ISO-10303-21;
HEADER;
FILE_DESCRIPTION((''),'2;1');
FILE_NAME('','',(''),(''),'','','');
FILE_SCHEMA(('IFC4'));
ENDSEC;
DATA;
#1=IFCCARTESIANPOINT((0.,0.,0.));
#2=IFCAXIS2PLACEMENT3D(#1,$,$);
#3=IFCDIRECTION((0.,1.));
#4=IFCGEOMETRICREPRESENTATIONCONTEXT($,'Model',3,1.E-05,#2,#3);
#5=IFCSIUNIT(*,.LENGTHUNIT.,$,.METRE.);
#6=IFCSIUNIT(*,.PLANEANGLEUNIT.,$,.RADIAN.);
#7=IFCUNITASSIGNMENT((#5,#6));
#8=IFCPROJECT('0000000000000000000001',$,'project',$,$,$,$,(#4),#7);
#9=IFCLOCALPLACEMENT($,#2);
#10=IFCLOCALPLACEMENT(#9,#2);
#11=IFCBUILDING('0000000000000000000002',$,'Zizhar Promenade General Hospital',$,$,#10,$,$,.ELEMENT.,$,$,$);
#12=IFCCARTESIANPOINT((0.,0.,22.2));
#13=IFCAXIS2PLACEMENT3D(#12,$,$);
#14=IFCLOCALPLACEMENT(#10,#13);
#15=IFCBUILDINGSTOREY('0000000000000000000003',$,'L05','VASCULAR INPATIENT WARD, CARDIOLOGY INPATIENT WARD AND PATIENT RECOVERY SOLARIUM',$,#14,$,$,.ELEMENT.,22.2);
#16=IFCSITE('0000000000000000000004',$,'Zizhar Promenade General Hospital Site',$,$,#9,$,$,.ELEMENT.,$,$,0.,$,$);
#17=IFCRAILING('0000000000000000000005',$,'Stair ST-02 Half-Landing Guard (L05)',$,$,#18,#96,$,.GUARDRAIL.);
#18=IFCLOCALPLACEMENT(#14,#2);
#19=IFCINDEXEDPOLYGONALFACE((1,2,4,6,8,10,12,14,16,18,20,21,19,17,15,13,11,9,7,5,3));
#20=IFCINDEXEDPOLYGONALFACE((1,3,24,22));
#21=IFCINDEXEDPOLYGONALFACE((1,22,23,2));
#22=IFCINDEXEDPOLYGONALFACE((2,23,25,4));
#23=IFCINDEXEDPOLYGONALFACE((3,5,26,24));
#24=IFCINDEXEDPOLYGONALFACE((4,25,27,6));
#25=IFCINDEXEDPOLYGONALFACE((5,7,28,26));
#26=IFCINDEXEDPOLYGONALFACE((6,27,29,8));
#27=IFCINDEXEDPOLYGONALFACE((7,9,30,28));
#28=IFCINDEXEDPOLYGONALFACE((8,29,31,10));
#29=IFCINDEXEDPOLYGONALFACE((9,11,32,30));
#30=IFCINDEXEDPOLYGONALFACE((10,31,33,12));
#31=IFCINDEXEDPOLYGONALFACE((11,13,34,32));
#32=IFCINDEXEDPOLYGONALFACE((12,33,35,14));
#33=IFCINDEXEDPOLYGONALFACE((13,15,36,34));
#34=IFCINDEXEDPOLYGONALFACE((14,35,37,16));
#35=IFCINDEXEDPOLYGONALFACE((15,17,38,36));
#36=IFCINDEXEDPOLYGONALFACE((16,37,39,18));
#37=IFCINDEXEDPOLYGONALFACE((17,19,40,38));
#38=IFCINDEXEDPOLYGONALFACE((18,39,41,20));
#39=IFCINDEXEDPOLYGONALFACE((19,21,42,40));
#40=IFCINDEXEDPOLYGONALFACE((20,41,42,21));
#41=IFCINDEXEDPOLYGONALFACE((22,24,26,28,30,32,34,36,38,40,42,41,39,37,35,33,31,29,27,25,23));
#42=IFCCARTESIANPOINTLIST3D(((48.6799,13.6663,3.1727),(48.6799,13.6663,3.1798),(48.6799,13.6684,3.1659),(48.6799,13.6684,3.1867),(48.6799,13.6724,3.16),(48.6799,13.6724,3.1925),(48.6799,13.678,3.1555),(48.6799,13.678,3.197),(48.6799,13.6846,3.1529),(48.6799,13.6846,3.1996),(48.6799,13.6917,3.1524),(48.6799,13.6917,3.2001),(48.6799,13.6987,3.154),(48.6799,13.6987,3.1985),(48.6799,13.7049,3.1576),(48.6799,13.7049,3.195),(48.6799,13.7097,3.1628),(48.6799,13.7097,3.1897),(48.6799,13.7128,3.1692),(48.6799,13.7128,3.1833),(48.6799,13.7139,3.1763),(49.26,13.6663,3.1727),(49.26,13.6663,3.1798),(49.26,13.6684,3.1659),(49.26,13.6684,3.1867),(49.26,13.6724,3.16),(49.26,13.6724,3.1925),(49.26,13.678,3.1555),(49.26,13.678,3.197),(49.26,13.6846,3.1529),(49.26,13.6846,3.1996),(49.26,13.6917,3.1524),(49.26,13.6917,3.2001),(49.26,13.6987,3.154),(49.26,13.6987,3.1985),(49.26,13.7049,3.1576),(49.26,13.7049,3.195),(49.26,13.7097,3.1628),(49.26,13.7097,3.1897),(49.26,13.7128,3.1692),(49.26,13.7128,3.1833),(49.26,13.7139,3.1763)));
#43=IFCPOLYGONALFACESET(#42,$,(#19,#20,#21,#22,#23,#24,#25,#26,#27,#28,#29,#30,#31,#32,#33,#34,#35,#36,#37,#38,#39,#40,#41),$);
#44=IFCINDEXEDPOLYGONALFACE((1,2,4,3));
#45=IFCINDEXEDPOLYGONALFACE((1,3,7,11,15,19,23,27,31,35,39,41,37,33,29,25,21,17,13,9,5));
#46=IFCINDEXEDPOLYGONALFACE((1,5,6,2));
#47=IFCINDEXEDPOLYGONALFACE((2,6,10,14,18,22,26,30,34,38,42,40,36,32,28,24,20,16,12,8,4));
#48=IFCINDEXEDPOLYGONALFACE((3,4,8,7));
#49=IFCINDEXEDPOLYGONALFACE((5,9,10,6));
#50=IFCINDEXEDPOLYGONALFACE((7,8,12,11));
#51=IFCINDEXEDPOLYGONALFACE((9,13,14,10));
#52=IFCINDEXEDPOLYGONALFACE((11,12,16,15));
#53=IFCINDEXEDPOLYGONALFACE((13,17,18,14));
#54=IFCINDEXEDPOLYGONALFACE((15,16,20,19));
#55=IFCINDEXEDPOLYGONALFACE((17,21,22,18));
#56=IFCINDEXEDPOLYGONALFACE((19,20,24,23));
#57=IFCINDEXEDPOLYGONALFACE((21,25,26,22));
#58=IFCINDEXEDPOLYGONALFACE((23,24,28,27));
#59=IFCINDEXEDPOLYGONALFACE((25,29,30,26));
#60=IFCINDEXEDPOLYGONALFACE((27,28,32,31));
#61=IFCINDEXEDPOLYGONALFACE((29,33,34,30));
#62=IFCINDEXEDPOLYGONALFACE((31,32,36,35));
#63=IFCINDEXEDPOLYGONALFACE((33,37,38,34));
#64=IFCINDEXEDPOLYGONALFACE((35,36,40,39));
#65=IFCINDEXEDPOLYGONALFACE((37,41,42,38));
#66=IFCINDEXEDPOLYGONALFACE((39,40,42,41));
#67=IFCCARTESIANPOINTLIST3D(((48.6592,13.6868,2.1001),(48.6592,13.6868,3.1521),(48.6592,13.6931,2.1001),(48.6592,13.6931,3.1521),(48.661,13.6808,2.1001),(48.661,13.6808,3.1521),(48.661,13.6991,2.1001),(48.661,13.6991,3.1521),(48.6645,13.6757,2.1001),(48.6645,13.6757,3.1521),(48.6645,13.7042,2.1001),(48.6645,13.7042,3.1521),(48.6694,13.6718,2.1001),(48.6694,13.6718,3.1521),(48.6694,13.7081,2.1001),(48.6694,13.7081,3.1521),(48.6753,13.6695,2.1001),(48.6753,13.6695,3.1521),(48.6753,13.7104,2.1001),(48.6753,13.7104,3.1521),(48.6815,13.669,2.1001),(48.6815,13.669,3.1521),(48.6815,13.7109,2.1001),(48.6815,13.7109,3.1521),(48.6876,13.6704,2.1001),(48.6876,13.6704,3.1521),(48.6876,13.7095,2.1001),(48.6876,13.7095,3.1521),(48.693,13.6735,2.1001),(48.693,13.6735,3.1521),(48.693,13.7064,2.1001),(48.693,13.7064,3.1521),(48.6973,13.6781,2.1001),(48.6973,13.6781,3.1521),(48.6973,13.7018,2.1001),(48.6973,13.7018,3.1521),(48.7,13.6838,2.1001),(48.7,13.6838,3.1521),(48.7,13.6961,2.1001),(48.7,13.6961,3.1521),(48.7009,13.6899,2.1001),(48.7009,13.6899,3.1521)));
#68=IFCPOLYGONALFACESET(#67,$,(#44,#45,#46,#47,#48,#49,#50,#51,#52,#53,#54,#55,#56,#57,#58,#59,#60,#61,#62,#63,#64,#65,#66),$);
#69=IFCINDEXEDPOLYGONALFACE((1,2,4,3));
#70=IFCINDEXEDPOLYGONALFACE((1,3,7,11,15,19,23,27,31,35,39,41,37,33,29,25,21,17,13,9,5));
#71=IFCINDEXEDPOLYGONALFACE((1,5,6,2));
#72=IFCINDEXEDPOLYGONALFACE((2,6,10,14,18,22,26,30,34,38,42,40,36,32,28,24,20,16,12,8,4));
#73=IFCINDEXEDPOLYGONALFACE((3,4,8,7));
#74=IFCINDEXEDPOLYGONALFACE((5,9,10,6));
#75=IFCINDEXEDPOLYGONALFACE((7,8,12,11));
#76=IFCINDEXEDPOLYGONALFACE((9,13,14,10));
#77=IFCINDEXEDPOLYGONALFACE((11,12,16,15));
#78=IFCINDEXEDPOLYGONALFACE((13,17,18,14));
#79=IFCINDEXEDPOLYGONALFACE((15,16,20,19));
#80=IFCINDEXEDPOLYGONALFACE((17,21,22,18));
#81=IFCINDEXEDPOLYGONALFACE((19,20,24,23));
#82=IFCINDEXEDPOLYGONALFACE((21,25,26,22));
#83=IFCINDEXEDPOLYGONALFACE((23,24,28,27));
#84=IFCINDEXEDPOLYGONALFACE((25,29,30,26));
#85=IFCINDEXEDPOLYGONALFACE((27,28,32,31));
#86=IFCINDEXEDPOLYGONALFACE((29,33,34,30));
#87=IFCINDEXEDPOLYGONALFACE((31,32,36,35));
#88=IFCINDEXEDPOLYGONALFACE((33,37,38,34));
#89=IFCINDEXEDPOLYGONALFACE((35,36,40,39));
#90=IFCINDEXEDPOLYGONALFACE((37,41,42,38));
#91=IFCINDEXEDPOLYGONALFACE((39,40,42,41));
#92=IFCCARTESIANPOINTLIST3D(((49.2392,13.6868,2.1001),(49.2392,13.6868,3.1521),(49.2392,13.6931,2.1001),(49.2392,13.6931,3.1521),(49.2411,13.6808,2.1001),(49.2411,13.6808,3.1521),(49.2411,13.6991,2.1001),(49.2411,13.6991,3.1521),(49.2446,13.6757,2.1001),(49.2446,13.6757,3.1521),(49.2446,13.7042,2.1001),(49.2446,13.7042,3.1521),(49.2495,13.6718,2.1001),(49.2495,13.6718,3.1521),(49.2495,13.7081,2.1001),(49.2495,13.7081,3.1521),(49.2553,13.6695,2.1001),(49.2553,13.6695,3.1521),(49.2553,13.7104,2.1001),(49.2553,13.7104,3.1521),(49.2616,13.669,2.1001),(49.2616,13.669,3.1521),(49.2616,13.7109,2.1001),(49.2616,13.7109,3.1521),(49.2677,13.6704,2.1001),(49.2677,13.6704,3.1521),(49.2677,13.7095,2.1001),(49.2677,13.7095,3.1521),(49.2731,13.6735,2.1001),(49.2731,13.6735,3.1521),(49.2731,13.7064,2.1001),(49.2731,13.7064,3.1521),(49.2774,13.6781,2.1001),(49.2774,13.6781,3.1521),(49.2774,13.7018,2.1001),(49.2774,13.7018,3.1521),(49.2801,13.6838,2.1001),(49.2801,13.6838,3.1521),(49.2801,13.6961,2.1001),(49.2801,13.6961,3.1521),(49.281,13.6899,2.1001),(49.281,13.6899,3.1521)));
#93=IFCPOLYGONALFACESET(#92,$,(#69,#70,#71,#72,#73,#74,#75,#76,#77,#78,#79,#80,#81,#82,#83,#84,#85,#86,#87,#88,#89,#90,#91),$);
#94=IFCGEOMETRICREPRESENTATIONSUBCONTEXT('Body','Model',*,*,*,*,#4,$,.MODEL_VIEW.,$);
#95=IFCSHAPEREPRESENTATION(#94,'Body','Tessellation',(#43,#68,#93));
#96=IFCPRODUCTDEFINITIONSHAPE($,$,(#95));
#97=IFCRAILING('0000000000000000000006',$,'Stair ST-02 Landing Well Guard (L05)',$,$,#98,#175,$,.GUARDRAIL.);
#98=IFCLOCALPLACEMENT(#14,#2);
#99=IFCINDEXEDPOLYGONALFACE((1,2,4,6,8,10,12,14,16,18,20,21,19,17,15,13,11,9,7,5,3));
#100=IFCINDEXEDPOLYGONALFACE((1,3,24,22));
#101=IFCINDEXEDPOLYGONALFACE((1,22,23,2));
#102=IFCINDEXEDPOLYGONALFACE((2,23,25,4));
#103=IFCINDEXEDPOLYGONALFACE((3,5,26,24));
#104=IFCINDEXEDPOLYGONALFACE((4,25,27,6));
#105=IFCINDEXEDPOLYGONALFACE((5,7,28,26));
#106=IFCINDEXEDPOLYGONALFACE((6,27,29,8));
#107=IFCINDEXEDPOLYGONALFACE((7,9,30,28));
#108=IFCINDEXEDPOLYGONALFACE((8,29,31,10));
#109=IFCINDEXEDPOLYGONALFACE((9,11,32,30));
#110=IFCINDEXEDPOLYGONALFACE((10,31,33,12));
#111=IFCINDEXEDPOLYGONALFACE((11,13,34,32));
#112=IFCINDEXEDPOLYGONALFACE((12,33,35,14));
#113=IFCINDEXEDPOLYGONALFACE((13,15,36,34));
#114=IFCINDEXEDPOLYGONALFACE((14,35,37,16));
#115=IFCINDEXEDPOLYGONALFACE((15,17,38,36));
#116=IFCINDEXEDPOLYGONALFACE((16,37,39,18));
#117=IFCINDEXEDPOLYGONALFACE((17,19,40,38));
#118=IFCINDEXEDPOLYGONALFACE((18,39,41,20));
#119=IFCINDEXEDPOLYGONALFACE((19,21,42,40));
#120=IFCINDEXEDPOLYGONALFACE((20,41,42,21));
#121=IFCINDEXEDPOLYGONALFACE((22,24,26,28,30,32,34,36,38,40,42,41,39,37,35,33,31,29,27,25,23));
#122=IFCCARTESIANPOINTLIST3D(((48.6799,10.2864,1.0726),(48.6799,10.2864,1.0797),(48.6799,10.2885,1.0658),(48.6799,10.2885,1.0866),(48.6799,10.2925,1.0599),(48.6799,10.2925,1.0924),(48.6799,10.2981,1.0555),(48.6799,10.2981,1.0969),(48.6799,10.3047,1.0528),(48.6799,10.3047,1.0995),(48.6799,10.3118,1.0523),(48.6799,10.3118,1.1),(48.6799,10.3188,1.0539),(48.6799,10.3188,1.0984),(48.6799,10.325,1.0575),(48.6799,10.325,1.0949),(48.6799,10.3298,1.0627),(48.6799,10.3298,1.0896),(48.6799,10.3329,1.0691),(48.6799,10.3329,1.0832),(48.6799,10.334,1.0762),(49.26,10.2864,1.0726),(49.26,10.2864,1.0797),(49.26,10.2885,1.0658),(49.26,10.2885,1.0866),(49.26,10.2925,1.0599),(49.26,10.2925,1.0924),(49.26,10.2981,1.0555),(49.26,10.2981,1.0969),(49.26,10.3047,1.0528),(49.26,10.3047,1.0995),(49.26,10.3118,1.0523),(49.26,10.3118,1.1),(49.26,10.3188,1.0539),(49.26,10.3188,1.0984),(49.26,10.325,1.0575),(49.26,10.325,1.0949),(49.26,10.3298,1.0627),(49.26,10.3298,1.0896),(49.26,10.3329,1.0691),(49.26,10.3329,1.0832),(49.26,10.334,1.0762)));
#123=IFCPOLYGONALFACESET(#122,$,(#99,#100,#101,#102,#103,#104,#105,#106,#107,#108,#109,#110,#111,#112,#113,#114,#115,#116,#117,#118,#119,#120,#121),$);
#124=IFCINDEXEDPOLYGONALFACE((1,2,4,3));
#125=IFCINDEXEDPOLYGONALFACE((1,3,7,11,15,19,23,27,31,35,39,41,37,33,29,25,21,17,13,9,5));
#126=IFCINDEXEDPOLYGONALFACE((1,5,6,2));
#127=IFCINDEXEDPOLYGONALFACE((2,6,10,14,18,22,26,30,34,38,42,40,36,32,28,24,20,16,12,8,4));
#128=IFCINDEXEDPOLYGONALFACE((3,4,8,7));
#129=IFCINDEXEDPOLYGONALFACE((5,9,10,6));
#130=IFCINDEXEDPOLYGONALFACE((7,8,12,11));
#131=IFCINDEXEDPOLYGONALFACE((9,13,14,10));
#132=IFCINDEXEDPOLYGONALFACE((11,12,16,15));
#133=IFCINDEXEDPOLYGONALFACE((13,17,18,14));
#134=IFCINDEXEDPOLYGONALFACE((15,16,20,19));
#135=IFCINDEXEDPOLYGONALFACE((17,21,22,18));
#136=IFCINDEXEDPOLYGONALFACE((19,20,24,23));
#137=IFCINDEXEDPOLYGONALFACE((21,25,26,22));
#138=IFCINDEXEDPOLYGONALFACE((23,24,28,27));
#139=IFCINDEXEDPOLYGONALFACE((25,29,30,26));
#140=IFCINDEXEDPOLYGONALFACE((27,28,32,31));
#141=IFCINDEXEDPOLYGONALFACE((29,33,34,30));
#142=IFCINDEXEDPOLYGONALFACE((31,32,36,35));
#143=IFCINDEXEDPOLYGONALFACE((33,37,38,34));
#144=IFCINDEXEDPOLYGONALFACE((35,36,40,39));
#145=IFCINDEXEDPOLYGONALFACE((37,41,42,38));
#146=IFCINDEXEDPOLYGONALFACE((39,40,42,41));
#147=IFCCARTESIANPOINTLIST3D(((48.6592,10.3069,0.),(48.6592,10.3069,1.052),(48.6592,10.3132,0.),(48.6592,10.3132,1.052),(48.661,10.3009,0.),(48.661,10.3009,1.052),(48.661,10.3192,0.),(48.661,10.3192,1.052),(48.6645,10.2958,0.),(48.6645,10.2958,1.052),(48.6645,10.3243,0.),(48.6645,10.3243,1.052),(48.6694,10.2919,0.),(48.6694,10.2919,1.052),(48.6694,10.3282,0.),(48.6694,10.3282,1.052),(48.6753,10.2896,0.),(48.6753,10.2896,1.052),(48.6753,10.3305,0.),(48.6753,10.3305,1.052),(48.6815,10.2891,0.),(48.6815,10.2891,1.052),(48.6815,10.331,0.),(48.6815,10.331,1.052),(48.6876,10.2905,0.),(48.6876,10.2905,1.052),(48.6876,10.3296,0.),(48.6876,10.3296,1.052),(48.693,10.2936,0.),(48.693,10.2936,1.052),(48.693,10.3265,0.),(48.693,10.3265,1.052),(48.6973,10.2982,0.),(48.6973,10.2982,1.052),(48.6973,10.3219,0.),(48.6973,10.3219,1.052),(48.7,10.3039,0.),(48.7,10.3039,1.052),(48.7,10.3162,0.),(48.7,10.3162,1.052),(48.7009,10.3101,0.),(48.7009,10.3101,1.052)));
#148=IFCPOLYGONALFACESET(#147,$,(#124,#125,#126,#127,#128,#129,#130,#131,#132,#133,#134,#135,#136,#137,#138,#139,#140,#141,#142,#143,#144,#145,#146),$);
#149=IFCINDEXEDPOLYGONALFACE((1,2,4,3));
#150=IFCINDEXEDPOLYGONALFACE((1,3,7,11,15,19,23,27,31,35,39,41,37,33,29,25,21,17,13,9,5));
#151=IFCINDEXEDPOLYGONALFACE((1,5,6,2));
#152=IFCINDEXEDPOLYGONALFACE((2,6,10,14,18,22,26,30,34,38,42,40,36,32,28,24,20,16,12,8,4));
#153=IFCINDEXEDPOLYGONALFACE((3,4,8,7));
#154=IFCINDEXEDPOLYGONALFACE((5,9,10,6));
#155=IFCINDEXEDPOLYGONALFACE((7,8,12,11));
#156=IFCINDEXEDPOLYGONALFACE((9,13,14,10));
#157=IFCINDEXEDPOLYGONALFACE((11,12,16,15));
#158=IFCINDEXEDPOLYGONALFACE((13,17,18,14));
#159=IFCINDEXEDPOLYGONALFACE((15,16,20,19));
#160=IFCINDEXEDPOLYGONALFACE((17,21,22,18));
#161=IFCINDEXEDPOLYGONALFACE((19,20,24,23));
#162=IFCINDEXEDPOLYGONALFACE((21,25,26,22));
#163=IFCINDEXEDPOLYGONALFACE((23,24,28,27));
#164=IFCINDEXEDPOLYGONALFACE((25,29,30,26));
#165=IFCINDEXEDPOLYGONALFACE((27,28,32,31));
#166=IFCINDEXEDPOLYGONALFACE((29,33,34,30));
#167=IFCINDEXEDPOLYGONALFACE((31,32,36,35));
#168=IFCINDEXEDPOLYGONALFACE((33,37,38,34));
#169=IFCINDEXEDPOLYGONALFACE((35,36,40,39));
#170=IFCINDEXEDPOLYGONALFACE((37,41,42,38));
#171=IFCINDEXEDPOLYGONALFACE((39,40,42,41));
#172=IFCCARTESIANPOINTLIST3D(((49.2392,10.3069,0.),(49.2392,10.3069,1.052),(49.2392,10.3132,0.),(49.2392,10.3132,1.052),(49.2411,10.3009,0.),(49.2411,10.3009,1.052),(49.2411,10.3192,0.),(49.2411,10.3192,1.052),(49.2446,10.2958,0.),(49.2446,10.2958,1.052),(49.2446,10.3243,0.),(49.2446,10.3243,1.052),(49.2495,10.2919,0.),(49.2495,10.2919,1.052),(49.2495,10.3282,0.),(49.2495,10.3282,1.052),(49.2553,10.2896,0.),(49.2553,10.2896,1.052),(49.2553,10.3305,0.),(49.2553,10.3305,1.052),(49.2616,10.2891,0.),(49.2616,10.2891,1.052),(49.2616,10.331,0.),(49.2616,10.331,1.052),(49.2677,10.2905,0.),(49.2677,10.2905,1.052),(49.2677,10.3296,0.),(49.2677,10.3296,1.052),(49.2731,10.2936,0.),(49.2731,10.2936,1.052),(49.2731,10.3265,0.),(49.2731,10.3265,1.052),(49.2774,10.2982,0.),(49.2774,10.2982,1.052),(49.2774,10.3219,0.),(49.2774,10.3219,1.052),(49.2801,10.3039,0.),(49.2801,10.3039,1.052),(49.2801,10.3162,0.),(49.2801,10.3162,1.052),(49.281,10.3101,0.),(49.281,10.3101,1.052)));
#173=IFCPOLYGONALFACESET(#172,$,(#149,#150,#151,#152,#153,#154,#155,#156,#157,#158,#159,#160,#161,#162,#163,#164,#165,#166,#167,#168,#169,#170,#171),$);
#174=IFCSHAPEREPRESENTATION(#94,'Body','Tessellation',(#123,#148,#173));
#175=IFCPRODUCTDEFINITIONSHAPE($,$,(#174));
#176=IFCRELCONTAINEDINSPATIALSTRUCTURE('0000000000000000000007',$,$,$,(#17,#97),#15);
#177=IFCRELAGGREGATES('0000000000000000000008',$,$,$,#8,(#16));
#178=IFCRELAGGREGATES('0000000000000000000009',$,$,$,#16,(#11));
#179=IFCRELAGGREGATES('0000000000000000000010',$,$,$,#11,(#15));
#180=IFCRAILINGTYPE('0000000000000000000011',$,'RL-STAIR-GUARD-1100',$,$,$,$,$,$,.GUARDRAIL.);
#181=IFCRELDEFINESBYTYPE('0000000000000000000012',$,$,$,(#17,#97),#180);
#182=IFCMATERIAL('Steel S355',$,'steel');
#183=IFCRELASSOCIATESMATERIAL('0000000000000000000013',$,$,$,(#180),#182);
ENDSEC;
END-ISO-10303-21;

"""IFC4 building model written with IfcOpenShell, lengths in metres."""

from ifc_helpers import new_model, si_unit, direction, frame, origin, origin_2d, place, context, subcontext, project, spatial, circle, hollow_circle, extrude, material, material_profile, profile_set, type_object, element, save


model = new_model("IFC4")

# Units and contexts
model_context = context("Model", 3, precision=1e-05, world=origin(), true_north=direction((0.0, 1.0)))
body_context = subcontext(model_context, "Body", "Model", "MODEL_VIEW")
ifc_project = project(units=[si_unit("LENGTHUNIT", "METRE"), si_unit("PLANEANGLEUNIT", "RADIAN")], contexts=[model_context])

# Site, building, storey
site_placement = place(None, origin())
site = spatial("IfcSite", under=ifc_project, at=site_placement, Name="Zizhar Promenade General Hospital Site", CompositionType="ELEMENT", RefElevation=0.0)
building_placement = place(site_placement, origin())
building = spatial("IfcBuilding", under=site, at=building_placement, Name="Zizhar Promenade General Hospital", CompositionType="ELEMENT")
storey_placement = place(building_placement, frame((0.0, 0.0, 22.2)))
storey = spatial("IfcBuildingStorey", under=building, at=storey_placement, Name="L05", Description="VASCULAR INPATIENT WARD, CARDIOLOGY INPATIENT WARD AND PATIENT RECOVERY SOLARIUM", CompositionType="ELEMENT", Elevation=22.2)

# Railings
ifc_material_1 = material(Name="Steel S355", Category="steel")
ifc_material_profile_1 = material_profile(ifc_material_1, hollow_circle(Radius=0.0698, WallThickness=0.0063, at=origin_2d()))
ifc_profile_set_1 = profile_set([ifc_material_profile_1], Name="Steel S355")
railing_type_1 = type_object("IfcRailingType", Name="RL-STAIR-GUARD-1100", PredefinedType="GUARDRAIL", material=ifc_profile_set_1)
for number, where, name in (
    (1, (48.6799, 13.6899, 2.1001), "Stair ST-02 Half-Landing Guard (L05)"),
    (2, (48.6799, 10.3101, 0.0), "Stair ST-02 Landing Well Guard (L05)"),
):
    element("IfcRailing", number, at=place(storey_placement, frame(where)), inside=storey, type_object=railing_type_1, Name=name, PredefinedType="GUARDRAIL", context=body_context, shape_type="SweptSolid", body=[
        extrude(circle(Radius=0.0239, at=origin_2d()), frame((0.0, 0.0, 1.0762), z_axis=(1.0, 0.0, 0.0), x_axis=(0.0, 1.0, 0.0)), (0.0, 0.0, 1.0), 0.5801),
        extrude(circle(Radius=0.021, at=origin_2d()), origin(), (0.0, 0.0, 1.0), 1.052),
        extrude(circle(Radius=0.021, at=origin_2d()), frame((0.5801, 0.0, 0.0)), (0.0, 0.0, 1.0), 1.052),
    ])

save(model, "model.ifc")
